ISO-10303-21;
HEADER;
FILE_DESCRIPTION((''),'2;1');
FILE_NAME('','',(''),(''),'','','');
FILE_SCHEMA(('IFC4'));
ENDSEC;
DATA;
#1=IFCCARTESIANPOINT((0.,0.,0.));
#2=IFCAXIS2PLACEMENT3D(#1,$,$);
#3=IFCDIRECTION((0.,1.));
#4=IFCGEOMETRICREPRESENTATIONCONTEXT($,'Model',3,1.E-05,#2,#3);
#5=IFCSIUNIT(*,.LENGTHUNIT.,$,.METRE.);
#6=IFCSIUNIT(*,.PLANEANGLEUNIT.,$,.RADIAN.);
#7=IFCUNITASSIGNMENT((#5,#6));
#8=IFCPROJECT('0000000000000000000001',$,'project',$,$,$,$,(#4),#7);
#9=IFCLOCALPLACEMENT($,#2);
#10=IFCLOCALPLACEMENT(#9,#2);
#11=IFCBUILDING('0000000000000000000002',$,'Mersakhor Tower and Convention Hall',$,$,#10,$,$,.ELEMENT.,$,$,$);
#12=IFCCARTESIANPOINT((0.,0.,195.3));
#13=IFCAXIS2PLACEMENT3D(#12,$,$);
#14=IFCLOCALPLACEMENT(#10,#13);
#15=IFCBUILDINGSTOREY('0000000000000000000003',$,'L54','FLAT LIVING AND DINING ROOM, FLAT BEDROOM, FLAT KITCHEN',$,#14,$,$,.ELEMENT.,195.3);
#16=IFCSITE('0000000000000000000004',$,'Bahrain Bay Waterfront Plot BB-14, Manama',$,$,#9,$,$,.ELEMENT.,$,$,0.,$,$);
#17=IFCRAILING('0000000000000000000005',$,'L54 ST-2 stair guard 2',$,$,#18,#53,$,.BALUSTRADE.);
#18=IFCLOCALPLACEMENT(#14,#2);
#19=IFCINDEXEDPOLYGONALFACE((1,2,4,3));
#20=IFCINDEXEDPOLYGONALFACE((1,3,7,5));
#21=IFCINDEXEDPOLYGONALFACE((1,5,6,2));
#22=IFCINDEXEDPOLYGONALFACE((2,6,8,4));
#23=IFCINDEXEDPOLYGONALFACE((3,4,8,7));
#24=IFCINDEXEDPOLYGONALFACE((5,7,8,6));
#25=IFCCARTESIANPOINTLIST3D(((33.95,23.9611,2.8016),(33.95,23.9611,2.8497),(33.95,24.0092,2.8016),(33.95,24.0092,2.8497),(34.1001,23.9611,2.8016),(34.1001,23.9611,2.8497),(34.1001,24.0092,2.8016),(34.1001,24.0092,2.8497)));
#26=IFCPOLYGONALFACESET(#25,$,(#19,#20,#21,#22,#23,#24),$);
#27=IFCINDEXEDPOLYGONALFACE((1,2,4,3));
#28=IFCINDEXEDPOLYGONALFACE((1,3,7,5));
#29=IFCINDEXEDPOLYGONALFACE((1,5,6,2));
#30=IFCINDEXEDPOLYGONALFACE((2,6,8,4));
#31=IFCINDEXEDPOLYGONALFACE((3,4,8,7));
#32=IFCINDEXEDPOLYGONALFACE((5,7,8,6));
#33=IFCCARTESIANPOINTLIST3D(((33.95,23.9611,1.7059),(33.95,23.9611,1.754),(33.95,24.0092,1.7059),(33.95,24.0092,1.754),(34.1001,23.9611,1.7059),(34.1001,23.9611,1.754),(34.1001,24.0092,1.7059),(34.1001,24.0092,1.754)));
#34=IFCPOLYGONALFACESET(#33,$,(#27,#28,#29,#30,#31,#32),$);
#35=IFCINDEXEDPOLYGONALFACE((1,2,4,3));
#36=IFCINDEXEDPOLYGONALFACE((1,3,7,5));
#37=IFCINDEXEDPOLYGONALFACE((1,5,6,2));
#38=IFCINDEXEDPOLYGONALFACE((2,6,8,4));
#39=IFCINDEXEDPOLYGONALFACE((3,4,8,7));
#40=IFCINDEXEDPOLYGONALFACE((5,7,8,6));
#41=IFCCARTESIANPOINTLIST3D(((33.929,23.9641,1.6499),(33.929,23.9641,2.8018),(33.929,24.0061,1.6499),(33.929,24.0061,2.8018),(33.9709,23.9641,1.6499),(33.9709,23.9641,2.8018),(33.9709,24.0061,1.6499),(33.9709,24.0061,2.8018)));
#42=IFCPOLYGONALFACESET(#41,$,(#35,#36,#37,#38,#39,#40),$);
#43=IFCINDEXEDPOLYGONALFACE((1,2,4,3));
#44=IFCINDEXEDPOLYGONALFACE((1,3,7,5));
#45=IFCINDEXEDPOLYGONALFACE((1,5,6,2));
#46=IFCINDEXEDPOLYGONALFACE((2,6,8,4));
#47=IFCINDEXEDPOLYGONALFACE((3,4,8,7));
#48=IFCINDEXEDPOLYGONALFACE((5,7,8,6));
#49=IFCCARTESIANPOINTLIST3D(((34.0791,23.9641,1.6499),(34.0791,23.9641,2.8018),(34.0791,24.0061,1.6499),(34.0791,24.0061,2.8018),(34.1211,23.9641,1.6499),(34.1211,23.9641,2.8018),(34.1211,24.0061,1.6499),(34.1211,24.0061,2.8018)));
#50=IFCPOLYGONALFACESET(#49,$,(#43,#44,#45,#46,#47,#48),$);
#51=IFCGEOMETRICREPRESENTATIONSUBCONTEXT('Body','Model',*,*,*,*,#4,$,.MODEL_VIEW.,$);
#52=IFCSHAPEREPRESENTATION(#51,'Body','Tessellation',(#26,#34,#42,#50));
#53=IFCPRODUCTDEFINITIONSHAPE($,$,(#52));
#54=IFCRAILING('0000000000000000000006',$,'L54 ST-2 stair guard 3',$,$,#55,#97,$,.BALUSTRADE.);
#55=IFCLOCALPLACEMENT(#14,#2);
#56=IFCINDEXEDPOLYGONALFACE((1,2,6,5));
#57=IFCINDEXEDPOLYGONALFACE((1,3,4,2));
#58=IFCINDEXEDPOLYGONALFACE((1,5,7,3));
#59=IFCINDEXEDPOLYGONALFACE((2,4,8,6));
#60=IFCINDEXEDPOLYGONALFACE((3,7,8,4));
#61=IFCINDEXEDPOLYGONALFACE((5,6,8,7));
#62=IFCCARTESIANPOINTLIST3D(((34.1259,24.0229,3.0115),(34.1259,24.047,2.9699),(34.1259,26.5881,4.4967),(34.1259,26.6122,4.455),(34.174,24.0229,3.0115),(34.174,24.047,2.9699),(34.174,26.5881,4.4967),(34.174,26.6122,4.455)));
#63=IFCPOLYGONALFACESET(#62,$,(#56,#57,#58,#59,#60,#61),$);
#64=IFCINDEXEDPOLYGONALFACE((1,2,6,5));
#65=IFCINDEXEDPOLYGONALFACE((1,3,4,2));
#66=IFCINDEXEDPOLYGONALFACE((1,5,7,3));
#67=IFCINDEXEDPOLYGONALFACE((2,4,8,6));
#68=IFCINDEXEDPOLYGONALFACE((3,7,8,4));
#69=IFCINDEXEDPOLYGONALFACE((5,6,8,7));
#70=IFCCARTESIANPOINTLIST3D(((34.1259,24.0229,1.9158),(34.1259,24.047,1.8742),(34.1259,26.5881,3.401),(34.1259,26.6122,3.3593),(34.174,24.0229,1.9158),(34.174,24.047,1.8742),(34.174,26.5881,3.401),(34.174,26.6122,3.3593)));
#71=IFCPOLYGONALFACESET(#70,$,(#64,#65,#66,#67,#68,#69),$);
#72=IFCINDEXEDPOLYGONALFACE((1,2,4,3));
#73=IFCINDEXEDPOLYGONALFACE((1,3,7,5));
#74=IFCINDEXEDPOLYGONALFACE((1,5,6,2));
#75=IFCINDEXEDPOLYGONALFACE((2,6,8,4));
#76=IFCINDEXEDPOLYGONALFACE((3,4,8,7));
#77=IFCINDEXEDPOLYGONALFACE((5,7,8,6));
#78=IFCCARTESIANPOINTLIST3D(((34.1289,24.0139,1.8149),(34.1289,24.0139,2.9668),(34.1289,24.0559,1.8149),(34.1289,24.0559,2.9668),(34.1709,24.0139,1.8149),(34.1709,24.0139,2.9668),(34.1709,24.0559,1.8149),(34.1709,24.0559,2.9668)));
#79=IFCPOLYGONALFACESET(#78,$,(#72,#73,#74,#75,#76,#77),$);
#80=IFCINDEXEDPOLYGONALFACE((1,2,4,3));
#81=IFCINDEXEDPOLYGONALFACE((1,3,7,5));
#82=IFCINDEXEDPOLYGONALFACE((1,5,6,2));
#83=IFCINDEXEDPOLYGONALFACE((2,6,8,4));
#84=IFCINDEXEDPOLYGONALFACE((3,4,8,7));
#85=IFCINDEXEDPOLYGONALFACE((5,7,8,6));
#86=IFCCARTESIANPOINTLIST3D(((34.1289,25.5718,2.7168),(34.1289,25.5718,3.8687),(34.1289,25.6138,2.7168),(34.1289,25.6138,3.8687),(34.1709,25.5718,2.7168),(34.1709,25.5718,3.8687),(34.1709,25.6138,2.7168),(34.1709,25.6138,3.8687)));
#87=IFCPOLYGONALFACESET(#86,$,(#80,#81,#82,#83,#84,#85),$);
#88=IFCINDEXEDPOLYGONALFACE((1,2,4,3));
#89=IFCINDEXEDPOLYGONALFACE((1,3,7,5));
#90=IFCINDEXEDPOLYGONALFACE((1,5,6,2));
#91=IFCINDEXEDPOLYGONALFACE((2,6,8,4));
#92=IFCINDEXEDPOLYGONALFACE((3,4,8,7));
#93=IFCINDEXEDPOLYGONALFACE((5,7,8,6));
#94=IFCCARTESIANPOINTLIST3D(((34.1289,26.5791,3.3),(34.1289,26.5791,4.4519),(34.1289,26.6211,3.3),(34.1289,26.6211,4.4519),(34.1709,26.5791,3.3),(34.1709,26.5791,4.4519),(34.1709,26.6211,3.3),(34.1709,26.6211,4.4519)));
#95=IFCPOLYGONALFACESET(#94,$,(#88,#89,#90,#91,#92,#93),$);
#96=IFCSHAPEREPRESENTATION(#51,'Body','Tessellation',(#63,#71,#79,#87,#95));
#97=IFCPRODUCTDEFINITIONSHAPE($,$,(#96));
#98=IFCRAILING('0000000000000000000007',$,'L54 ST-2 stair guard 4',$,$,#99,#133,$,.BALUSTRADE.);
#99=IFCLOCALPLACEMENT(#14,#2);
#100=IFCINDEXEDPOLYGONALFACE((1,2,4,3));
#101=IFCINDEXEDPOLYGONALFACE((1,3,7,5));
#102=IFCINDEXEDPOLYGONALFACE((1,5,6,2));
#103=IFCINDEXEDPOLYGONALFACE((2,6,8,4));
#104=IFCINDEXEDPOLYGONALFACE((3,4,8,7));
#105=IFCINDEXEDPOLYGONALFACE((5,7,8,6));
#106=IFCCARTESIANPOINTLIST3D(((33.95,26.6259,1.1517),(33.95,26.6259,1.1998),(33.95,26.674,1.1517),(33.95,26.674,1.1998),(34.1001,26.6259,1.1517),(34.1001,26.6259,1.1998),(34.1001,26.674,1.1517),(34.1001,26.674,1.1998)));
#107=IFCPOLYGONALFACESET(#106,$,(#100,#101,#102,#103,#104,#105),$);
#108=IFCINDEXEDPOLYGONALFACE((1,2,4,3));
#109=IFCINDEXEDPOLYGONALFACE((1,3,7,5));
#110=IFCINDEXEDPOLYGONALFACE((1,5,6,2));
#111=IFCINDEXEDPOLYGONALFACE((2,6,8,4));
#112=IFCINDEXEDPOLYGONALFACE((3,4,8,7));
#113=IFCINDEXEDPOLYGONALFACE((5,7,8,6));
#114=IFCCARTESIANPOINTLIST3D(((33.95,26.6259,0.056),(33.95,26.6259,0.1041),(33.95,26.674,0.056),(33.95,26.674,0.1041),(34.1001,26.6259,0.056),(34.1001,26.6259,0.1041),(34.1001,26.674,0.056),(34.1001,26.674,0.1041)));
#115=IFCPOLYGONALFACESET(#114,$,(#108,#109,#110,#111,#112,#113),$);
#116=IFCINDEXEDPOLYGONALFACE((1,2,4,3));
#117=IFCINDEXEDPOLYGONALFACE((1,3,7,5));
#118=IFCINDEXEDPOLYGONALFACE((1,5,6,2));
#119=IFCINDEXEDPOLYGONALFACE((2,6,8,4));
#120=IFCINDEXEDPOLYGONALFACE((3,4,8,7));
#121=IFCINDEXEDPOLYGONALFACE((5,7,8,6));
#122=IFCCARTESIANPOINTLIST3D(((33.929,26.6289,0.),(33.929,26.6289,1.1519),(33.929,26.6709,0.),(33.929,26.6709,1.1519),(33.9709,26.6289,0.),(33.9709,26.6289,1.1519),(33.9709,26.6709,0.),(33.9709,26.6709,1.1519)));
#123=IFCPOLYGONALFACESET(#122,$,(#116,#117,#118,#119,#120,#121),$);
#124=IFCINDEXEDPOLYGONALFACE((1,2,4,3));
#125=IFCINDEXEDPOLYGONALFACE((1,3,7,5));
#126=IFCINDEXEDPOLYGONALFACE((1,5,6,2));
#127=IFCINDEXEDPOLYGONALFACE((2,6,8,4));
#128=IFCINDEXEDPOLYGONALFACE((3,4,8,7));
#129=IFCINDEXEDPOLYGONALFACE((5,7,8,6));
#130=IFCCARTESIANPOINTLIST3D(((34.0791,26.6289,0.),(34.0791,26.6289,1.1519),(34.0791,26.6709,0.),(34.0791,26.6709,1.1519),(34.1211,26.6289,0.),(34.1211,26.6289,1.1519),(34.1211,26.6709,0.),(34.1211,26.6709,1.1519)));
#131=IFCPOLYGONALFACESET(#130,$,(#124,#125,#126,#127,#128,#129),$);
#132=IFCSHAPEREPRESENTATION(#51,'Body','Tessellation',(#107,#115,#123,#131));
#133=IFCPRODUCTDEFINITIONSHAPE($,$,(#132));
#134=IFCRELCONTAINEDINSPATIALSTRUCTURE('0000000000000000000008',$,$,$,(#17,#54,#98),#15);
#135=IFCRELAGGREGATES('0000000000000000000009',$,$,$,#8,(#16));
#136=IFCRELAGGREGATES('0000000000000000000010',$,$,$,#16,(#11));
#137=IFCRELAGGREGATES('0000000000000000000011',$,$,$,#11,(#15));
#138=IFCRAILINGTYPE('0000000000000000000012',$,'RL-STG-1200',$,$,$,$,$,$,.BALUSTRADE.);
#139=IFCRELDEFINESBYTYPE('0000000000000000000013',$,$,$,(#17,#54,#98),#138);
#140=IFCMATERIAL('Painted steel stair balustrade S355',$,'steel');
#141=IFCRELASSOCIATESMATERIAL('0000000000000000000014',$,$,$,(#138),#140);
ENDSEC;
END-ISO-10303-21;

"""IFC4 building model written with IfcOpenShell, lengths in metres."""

from ifc_helpers import new_model, si_unit, direction, frame, origin, origin_2d, place, context, subcontext, project, spatial, rectangle, extrude, material, type_object, element, save


model = new_model("IFC4")

# Units and contexts
model_context = context("Model", 3, precision=1e-05, world=origin(), true_north=direction((0.0, 1.0)))
body_context = subcontext(model_context, "Body", "Model", "MODEL_VIEW")
ifc_project = project(units=[si_unit("LENGTHUNIT", "METRE"), si_unit("PLANEANGLEUNIT", "RADIAN")], contexts=[model_context])

# Site, building, storey
site_placement = place(None, origin())
site = spatial("IfcSite", under=ifc_project, at=site_placement, Name="Bahrain Bay Waterfront Plot BB-14, Manama", CompositionType="ELEMENT", RefElevation=0.0)
building_placement = place(site_placement, origin())
building = spatial("IfcBuilding", under=site, at=building_placement, Name="Mersakhor Tower and Convention Hall", CompositionType="ELEMENT")
storey_placement = place(building_placement, frame((0.0, 0.0, 195.3)))
storey = spatial("IfcBuildingStorey", under=building, at=storey_placement, Name="L54", Description="FLAT LIVING AND DINING ROOM, FLAT BEDROOM, FLAT KITCHEN", CompositionType="ELEMENT", Elevation=195.3)

# Railings
ifc_material_1 = material(Name="Painted steel stair balustrade S355", Category="steel")
railing_type_1 = type_object("IfcRailingType", Name="RL-STG-1200", PredefinedType="BALUSTRADE", material=ifc_material_1)
railing_1_placement = place(storey_placement, frame((33.95, 23.9851, 1.6499)))
element("IfcRailing", 1, at=railing_1_placement, inside=storey, type_object=railing_type_1, Name="L54 ST-2 stair guard 2", PredefinedType="BALUSTRADE", context=body_context, shape_type="SweptSolid", body=[
    extrude(rectangle(XDim=0.0481, YDim=0.0481, at=origin_2d()), frame((0.0, 0.0, 1.1758), z_axis=(1.0, 0.0, 0.0), x_axis=(0.0, 1.0, 0.0)), (0.0, 0.0, 1.0), 0.1501),
    extrude(rectangle(XDim=0.0481, YDim=0.0481, at=origin_2d()), frame((0.0, 0.0, 0.0801), z_axis=(1.0, 0.0, 0.0), x_axis=(0.0, 1.0, 0.0)), (0.0, 0.0, 1.0), 0.1501),
    extrude(rectangle(XDim=0.042, YDim=0.042, at=origin_2d()), origin(), (0.0, 0.0, 1.0), 1.1519),
    extrude(rectangle(XDim=0.042, YDim=0.042, at=origin_2d()), frame((0.1501, 0.0, 0.0)), (0.0, 0.0, 1.0), 1.1519),
])
railing_2_placement = place(storey_placement, frame((34.1499, 24.0349, 1.8149)))
element("IfcRailing", 2, at=railing_2_placement, inside=storey, type_object=railing_type_1, Name="L54 ST-2 stair guard 3", PredefinedType="BALUSTRADE", context=body_context, shape_type="SweptSolid", body=[
    extrude(rectangle(XDim=0.0481, YDim=0.0481, at=origin_2d()), frame((0.0, 0.0, 1.1758), z_axis=(0.0, 0.865426, 0.501036), x_axis=(-1.0, 0.0, 0.0)), (0.0, 0.0, 1.0), 2.9641),
    extrude(rectangle(XDim=0.0481, YDim=0.0481, at=origin_2d()), frame((0.0, 0.0, 0.0801), z_axis=(0.0, 0.865426, 0.501036), x_axis=(-1.0, 0.0, 0.0)), (0.0, 0.0, 1.0), 2.9641),
    extrude(rectangle(XDim=0.042, YDim=0.042, at=origin_2d()), origin(), (0.0, 0.0, 1.0), 1.1519),
    extrude(rectangle(XDim=0.042, YDim=0.042, at=origin_2d()), frame((0.0, 1.5579, 0.9019)), (0.0, 0.0, 1.0), 1.1519),
    extrude(rectangle(XDim=0.042, YDim=0.042, at=origin_2d()), frame((0.0, 2.5652, 1.4851)), (0.0, 0.0, 1.0), 1.1519),
])
railing_3_placement = place(storey_placement, frame((33.95, 26.6499, 0.0)))
element("IfcRailing", 3, at=railing_3_placement, inside=storey, type_object=railing_type_1, Name="L54 ST-2 stair guard 4", PredefinedType="BALUSTRADE", context=body_context, shape_type="SweptSolid", body=[
    extrude(rectangle(XDim=0.0481, YDim=0.0481, at=origin_2d()), frame((0.0, 0.0, 1.1758), z_axis=(1.0, 0.0, 0.0), x_axis=(0.0, 1.0, 0.0)), (0.0, 0.0, 1.0), 0.1501),
    extrude(rectangle(XDim=0.0481, YDim=0.0481, at=origin_2d()), frame((0.0, 0.0, 0.0801), z_axis=(1.0, 0.0, 0.0), x_axis=(0.0, 1.0, 0.0)), (0.0, 0.0, 1.0), 0.1501),
    extrude(rectangle(XDim=0.042, YDim=0.042, at=origin_2d()), origin(), (0.0, 0.0, 1.0), 1.1519),
    extrude(rectangle(XDim=0.042, YDim=0.042, at=origin_2d()), frame((0.1501, 0.0, 0.0)), (0.0, 0.0, 1.0), 1.1519),
])

save(model, "model.ifc")
